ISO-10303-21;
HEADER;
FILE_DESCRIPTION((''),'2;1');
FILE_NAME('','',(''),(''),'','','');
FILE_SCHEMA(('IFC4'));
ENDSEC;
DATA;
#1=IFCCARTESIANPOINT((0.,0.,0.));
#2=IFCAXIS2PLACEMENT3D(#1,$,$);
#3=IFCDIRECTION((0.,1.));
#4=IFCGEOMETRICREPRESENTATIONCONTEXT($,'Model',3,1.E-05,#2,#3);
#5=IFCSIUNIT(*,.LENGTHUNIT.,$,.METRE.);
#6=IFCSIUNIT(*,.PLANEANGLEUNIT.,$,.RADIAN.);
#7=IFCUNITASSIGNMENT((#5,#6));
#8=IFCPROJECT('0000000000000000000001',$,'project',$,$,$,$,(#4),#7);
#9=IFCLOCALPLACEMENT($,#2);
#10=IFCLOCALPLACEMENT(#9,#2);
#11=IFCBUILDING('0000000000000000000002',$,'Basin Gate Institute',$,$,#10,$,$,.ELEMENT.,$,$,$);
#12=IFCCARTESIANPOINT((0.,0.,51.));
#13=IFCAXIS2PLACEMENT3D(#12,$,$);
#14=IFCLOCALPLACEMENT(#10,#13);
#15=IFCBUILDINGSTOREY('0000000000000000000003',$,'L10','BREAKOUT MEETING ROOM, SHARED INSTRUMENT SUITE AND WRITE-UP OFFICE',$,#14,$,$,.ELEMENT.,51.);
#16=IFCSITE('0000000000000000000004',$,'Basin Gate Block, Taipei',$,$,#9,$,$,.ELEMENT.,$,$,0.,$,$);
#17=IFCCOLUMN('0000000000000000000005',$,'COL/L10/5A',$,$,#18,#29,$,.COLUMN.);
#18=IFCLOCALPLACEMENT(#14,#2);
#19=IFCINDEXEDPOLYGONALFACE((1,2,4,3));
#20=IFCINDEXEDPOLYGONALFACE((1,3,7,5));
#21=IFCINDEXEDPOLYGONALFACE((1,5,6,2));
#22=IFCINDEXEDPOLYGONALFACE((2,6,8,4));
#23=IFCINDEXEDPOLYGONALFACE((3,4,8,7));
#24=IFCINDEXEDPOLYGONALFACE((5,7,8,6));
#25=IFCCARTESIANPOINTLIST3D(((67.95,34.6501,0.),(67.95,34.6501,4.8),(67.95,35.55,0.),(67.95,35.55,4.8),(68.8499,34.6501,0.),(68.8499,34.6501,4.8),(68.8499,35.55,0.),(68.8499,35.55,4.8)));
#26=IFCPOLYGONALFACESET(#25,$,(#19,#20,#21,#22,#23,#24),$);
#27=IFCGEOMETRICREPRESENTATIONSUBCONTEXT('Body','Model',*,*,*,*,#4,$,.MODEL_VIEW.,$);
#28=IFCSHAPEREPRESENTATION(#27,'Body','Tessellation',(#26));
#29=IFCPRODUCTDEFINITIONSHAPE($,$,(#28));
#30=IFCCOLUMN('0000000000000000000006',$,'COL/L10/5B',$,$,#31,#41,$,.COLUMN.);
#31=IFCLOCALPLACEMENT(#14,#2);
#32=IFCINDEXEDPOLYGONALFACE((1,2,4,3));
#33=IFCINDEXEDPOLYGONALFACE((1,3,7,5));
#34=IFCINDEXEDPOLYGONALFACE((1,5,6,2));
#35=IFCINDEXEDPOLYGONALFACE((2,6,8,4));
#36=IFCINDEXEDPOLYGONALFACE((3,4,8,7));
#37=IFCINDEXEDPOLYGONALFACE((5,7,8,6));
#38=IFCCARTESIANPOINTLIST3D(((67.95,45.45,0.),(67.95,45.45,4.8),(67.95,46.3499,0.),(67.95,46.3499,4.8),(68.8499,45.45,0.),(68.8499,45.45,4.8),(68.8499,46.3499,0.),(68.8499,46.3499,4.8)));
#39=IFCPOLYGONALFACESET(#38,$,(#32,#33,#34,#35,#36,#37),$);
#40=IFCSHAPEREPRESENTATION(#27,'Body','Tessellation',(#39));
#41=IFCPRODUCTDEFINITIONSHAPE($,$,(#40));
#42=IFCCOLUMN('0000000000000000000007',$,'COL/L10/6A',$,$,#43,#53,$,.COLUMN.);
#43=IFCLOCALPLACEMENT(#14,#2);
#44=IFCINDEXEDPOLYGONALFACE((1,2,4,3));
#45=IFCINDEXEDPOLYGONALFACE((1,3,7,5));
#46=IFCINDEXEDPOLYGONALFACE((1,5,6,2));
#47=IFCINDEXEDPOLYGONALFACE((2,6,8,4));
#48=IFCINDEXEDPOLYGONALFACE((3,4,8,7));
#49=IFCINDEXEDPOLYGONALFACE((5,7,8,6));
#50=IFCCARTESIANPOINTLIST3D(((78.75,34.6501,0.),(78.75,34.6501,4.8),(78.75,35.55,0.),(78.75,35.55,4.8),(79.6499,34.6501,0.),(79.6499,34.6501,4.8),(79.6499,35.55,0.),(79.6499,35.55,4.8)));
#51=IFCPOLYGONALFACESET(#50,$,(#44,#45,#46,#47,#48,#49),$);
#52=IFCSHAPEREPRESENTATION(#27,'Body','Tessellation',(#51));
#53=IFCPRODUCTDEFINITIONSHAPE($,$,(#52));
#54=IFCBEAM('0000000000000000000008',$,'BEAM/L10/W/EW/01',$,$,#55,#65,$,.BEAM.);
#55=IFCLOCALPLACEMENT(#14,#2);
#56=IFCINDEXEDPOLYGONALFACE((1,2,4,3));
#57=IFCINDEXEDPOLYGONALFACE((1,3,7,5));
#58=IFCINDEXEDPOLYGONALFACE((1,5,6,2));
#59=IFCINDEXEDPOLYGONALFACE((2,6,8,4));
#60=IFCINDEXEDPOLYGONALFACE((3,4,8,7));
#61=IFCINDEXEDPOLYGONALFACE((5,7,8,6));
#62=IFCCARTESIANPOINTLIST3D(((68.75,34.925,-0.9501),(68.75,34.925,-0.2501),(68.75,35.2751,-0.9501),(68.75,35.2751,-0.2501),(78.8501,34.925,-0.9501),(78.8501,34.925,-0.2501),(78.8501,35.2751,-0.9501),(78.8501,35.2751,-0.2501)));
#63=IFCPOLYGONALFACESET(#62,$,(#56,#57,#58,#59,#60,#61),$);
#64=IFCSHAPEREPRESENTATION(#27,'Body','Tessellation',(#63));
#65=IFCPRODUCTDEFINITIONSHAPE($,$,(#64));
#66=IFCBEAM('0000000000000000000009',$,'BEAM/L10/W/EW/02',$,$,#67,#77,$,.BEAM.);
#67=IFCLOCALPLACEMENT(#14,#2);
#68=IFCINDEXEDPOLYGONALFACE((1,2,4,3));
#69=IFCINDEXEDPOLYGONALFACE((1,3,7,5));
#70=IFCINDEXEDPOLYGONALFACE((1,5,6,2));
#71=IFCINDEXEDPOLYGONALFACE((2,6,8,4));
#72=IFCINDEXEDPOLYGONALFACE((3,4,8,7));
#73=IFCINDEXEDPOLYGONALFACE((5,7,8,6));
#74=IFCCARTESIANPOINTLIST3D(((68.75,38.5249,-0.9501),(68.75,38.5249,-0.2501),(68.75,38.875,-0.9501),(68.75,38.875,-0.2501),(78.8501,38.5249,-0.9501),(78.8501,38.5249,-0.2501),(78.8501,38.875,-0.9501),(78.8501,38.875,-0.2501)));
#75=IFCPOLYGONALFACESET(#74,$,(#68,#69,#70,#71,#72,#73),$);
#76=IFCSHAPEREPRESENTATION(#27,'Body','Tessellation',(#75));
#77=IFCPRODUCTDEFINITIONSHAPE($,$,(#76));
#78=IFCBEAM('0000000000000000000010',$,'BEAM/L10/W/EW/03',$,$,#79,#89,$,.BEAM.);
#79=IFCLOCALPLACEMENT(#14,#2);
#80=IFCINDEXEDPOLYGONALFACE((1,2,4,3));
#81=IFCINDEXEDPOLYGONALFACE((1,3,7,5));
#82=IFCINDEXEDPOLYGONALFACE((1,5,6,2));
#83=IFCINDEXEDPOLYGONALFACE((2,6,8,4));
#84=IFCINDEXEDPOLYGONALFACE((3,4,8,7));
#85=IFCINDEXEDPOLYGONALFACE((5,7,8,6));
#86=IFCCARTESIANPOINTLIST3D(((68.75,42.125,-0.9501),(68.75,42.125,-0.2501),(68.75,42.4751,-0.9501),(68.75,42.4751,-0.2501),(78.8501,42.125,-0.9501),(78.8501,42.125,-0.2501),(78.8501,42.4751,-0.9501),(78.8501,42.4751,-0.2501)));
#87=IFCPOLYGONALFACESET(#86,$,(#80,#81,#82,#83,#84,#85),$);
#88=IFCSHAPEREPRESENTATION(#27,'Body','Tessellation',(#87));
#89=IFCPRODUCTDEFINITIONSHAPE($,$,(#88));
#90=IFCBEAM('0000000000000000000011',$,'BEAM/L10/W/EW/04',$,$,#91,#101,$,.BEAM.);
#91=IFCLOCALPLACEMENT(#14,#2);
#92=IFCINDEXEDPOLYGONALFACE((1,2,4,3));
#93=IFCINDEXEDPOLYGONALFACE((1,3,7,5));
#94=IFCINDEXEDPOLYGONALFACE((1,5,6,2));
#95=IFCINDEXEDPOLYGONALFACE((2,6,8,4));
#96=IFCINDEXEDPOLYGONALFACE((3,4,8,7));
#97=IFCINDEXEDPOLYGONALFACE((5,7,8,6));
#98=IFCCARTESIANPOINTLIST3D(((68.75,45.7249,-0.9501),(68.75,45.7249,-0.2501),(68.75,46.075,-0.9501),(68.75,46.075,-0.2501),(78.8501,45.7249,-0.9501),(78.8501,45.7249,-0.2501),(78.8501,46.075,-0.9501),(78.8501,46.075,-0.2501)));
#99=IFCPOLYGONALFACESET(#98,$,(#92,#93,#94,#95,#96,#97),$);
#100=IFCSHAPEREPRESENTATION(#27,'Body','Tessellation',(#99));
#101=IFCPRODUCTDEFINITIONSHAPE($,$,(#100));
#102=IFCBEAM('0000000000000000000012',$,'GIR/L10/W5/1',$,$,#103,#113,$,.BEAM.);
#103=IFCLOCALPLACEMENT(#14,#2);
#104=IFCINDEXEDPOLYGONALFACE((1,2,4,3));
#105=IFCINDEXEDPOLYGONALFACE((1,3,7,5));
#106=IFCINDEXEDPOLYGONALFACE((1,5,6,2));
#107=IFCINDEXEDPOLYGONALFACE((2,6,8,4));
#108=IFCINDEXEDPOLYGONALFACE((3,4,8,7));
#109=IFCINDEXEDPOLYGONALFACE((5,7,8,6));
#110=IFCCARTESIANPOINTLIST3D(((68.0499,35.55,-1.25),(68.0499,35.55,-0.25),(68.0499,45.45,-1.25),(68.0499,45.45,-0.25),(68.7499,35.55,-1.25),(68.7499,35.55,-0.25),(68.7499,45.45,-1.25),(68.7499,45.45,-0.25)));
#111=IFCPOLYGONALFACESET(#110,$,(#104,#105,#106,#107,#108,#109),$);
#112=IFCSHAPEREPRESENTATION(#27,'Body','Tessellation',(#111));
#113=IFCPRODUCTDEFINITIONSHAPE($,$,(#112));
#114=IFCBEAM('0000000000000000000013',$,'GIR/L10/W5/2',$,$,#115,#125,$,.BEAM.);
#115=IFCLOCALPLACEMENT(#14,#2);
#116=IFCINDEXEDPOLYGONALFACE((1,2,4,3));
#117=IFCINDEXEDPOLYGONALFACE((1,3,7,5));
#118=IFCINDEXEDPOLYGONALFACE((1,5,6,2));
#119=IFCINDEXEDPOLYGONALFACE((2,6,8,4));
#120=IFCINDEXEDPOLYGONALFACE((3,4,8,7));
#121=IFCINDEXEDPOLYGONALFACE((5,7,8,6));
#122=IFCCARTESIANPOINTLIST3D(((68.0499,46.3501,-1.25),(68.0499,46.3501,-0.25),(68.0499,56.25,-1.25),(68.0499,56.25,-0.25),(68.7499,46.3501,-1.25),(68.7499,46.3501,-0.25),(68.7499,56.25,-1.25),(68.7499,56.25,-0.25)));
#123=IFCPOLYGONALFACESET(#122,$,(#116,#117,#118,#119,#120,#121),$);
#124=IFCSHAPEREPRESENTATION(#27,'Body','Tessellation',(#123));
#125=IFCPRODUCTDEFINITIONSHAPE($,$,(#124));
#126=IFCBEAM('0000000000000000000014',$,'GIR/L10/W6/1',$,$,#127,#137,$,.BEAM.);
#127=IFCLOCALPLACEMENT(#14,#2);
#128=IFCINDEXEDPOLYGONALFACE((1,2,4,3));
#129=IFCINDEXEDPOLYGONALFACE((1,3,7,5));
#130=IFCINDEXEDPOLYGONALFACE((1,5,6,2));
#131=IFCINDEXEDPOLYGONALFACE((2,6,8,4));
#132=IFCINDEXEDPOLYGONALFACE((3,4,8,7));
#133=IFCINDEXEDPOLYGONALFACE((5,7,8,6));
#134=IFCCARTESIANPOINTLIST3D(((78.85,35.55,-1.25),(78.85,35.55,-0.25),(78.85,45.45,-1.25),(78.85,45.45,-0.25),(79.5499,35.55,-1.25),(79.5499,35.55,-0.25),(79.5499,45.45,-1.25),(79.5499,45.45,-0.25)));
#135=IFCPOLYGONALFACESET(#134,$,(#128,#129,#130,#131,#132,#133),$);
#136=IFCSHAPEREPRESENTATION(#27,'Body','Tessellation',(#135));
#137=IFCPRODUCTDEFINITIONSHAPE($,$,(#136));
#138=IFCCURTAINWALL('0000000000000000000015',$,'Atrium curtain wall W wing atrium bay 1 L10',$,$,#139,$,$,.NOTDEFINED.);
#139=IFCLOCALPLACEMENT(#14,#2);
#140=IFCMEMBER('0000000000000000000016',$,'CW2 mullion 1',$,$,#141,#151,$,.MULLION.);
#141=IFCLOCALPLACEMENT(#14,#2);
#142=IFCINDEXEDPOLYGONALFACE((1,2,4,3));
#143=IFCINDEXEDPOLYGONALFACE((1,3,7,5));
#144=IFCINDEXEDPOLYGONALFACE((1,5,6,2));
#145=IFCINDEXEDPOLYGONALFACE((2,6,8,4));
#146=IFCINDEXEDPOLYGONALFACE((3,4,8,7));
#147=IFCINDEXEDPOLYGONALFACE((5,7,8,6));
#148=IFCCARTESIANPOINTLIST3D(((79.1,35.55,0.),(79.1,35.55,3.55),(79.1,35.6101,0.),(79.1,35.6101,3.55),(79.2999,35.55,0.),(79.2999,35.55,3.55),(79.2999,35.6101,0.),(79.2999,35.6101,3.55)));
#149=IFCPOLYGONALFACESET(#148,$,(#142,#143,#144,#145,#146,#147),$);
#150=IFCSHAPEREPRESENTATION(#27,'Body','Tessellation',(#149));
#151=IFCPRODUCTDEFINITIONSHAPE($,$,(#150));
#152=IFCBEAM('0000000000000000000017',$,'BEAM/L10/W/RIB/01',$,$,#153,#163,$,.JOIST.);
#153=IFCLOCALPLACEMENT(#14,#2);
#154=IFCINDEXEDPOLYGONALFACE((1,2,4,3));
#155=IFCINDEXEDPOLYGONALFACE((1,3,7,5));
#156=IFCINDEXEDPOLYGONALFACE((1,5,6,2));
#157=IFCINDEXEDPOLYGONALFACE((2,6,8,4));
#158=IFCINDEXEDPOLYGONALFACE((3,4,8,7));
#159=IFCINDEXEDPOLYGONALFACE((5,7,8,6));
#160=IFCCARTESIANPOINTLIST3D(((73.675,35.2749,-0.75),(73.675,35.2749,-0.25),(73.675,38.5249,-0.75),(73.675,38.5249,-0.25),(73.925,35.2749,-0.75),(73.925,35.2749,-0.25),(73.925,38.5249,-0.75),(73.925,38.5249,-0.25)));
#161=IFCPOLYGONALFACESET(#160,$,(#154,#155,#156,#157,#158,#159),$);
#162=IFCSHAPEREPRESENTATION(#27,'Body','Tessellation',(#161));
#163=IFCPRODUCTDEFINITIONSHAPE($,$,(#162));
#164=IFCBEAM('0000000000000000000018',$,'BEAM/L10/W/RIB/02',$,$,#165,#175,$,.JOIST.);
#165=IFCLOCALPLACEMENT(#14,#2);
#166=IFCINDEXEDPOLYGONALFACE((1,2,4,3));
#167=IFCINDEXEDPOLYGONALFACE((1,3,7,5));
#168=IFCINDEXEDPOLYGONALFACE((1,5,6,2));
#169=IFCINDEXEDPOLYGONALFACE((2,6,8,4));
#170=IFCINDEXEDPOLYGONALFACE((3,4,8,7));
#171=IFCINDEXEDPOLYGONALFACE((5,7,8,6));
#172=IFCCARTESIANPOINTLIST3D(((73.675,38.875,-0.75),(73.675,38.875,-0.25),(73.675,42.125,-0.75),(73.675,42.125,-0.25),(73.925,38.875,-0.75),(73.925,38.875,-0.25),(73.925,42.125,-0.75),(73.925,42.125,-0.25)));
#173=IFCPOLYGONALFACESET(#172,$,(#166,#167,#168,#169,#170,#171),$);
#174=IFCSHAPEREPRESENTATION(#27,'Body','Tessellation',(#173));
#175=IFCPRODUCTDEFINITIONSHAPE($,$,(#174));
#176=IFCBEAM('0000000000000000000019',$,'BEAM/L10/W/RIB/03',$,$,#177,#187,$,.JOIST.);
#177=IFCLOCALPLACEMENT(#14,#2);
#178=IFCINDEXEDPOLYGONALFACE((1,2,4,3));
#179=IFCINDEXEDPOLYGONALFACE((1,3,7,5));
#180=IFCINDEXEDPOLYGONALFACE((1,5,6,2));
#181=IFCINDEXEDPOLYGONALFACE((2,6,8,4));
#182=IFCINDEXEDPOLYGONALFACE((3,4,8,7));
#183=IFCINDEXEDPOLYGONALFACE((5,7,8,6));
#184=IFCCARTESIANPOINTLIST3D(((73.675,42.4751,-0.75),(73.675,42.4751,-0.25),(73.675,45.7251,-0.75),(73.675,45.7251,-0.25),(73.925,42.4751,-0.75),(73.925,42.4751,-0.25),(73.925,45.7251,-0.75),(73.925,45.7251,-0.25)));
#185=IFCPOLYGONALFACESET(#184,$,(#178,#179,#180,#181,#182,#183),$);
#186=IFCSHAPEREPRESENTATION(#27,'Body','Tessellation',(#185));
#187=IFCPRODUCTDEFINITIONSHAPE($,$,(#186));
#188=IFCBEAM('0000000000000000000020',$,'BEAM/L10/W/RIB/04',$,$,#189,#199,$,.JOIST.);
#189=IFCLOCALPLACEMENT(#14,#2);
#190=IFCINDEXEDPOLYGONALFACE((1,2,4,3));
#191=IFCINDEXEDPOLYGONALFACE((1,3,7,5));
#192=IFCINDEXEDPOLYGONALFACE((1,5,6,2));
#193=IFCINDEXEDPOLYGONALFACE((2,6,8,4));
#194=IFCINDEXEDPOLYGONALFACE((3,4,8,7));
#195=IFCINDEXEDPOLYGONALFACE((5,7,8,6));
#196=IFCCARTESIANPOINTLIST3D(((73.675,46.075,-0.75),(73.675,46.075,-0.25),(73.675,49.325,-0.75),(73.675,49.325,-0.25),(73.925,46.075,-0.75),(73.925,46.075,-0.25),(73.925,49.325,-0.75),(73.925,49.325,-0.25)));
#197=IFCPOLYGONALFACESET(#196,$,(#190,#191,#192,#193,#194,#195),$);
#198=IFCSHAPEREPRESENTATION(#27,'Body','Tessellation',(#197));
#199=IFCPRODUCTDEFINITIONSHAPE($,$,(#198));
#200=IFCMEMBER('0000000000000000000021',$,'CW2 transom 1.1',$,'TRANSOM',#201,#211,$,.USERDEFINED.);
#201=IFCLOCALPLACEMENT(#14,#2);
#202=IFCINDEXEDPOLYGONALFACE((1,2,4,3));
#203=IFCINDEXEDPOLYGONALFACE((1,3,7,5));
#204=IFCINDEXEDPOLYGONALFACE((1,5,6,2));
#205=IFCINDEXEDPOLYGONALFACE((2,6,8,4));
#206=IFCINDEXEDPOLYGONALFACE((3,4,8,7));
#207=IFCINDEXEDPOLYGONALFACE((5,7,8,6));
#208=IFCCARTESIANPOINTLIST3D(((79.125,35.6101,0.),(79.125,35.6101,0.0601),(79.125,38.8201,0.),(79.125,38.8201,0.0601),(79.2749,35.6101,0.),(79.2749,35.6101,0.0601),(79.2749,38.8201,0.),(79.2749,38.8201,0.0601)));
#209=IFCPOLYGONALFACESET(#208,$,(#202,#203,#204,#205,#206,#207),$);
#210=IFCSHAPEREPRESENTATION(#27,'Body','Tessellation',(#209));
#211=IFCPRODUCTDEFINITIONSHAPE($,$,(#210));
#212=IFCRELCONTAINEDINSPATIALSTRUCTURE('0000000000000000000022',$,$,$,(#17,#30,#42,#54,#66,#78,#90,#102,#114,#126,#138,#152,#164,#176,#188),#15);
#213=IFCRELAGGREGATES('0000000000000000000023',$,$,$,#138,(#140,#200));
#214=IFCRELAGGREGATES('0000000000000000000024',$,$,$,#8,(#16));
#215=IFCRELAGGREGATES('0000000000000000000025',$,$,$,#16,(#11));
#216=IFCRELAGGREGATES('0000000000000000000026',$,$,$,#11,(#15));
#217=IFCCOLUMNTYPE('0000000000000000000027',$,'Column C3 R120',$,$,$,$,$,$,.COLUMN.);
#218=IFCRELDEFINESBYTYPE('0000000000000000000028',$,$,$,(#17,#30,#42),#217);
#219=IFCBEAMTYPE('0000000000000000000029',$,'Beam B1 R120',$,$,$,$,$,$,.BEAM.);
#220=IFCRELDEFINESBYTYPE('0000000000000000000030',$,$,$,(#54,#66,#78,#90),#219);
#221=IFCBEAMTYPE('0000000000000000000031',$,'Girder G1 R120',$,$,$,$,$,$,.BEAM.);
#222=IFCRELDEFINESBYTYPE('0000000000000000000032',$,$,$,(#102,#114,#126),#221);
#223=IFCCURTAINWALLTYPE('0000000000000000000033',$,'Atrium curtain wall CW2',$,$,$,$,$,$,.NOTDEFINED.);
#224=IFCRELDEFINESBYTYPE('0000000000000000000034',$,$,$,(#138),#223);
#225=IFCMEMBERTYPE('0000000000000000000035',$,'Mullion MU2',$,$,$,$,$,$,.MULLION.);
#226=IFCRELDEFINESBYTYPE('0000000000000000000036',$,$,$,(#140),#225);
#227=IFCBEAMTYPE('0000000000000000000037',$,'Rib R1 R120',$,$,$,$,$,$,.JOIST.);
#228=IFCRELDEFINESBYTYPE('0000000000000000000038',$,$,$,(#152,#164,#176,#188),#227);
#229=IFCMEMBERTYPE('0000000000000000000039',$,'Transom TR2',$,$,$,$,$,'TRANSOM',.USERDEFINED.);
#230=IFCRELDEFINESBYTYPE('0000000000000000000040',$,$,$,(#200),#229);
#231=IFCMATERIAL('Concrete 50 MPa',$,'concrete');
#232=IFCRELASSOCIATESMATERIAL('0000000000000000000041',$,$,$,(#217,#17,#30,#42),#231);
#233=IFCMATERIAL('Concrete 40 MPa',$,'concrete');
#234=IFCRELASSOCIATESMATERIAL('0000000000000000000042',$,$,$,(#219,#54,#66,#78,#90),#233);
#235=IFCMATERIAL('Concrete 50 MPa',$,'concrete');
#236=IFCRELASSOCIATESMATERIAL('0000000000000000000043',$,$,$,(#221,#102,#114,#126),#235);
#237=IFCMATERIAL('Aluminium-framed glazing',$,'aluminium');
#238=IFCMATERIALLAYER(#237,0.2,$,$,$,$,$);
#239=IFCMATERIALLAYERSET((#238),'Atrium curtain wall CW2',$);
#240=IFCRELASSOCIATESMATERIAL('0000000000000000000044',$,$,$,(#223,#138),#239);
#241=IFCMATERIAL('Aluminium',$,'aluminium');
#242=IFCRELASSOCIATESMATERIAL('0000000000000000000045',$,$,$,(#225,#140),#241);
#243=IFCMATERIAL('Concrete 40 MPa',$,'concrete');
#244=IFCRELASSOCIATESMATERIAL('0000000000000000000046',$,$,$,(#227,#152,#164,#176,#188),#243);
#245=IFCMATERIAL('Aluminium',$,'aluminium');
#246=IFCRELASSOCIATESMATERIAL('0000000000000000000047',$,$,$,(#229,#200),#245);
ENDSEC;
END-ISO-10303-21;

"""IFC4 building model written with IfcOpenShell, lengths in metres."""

from ifc_helpers import new_model, si_unit, direction, frame, origin, origin_2d, place, context, subcontext, project, spatial, rectangle, extrude, material, layer, layer_set, material_profile, profile_set, type_object, element, aggregate, save


model = new_model("IFC4")

# Units and contexts
model_context = context("Model", 3, precision=1e-05, world=origin(), true_north=direction((0.0, 1.0)))
body_context = subcontext(model_context, "Body", "Model", "MODEL_VIEW")
ifc_project = project(units=[si_unit("LENGTHUNIT", "METRE"), si_unit("PLANEANGLEUNIT", "RADIAN")], contexts=[model_context])

# Site, building, storey
site_placement = place(None, origin())
site = spatial("IfcSite", under=ifc_project, at=site_placement, Name="Basin Gate Block, Taipei", CompositionType="ELEMENT", RefElevation=0.0)
building_placement = place(site_placement, origin())
building = spatial("IfcBuilding", under=site, at=building_placement, Name="Basin Gate Institute", CompositionType="ELEMENT")
storey_placement = place(building_placement, frame((0.0, 0.0, 51.0)))
storey = spatial("IfcBuildingStorey", under=building, at=storey_placement, Name="L10", Description="BREAKOUT MEETING ROOM, SHARED INSTRUMENT SUITE AND WRITE-UP OFFICE", CompositionType="ELEMENT", Elevation=51.0)

# Columns
ifc_material_1 = material(Name="Concrete 50 MPa", Category="concrete")
ifc_material_profile_1 = material_profile(ifc_material_1, rectangle(XDim=0.8999, YDim=0.8999, at=origin_2d()), Name="Column C3 900 x 900")
ifc_profile_set_1 = profile_set([ifc_material_profile_1], Name="Concrete 50 MPa")
column_type = type_object("IfcColumnType", Name="Column C3 R120", PredefinedType="COLUMN", material=ifc_profile_set_1)
for number, where, z_axis, x_axis, name in (
    (1, (68.3999, 35.1001, 0.0), (0.0, 0.0, 1.0), (1.0, 0.0, 0.0), "COL/L10/5A"),
    (2, (68.3999, 45.8999, 0.0), (0.0, 0.0, 1.0), (1.0, 0.0, 0.0), "COL/L10/5B"),
    (3, (79.2, 35.1001, 0.0), (0.0, 0.0, 1.0), (1.0, 0.0, 0.0), "COL/L10/6A"),
):
    element("IfcColumn", number, at=place(storey_placement, frame(where, z_axis=z_axis, x_axis=x_axis)), inside=storey, type_object=column_type, material=ifc_profile_set_1, Name=name, PredefinedType="COLUMN", context=body_context, shape_type="SweptSolid", body=[
        extrude(rectangle(XDim=0.8999, YDim=0.8999, at=origin_2d()), origin(), (0.0, 0.0, 1.0), 4.8),
    ])

# Beams
ifc_material_2 = material(Name="Concrete 40 MPa", Category="concrete")
ifc_material_profile_2 = material_profile(ifc_material_2, rectangle(XDim=0.3501, YDim=0.7, at=origin_2d()), Name="Beam B1 350 x 700")
ifc_profile_set_2 = profile_set([ifc_material_profile_2], Name="Concrete 40 MPa")
beam_type_1 = type_object("IfcBeamType", Name="Beam B1 R120", PredefinedType="BEAM", material=ifc_profile_set_2)
for number, where, z_axis, x_axis, name in (
    (4, (68.75, 35.1001, -0.6001), (1.0, 0.0, 0.0), (0.0, 1.0, 0.0), "BEAM/L10/W/EW/01"),
    (5, (68.75, 38.7, -0.6001), (1.0, 0.0, 0.0), (0.0, 1.0, 0.0), "BEAM/L10/W/EW/02"),
    (6, (68.75, 42.3, -0.6001), (1.0, 0.0, 0.0), (0.0, 1.0, 0.0), "BEAM/L10/W/EW/03"),
    (7, (68.75, 45.8999, -0.6001), (1.0, 0.0, 0.0), (0.0, 1.0, 0.0), "BEAM/L10/W/EW/04"),
):
    element("IfcBeam", number, at=place(storey_placement, frame(where, z_axis=z_axis, x_axis=x_axis)), inside=storey, type_object=beam_type_1, material=ifc_profile_set_2, Name=name, PredefinedType="BEAM", context=body_context, shape_type="SweptSolid", body=[
        extrude(rectangle(XDim=0.3501, YDim=0.7, at=origin_2d()), origin(), (0.0, 0.0, 1.0), 10.1001),
    ])
ifc_material_3 = material(Name="Concrete 50 MPa", Category="concrete")
ifc_material_profile_3 = material_profile(ifc_material_3, rectangle(XDim=0.7, YDim=1.0, at=origin_2d()), Name="Girder G1 700 x 1000")
ifc_profile_set_3 = profile_set([ifc_material_profile_3], Name="Concrete 50 MPa")
beam_type_2 = type_object("IfcBeamType", Name="Girder G1 R120", PredefinedType="BEAM", material=ifc_profile_set_3)
for number, where, z_axis, x_axis, name in (
    (8, (68.3999, 35.55, -0.75), (0.0, 1.0, 0.0), (-1.0, 0.0, 0.0), "GIR/L10/W5/1"),
    (9, (68.3999, 46.3501, -0.75), (0.0, 1.0, 0.0), (-1.0, 0.0, 0.0), "GIR/L10/W5/2"),
    (10, (79.2, 35.55, -0.75), (0.0, 1.0, 0.0), (-1.0, 0.0, 0.0), "GIR/L10/W6/1"),
):
    element("IfcBeam", number, at=place(storey_placement, frame(where, z_axis=z_axis, x_axis=x_axis)), inside=storey, type_object=beam_type_2, material=ifc_profile_set_3, Name=name, PredefinedType="BEAM", context=body_context, shape_type="SweptSolid", body=[
        extrude(rectangle(XDim=0.7, YDim=1.0, at=origin_2d()), origin(), (0.0, 0.0, 1.0), 9.8999),
    ])

# Curtain wall, member
ifc_material_4 = material(Name="Aluminium-framed glazing", Category="aluminium")
ifc_layer_1 = layer(ifc_material_4, 0.2)
ifc_layer_set_1 = layer_set([ifc_layer_1], Name="Atrium curtain wall CW2")
curtain_wall_type = type_object("IfcCurtainWallType", Name="Atrium curtain wall CW2", PredefinedType="NOTDEFINED", material=ifc_layer_set_1)
curtain_wall_placement = place(storey_placement, origin())
curtain_wall = element("IfcCurtainWall", 11, at=curtain_wall_placement, inside=storey, type_object=curtain_wall_type, material=ifc_layer_set_1, Name="Atrium curtain wall W wing atrium bay 1 L10", PredefinedType="NOTDEFINED")
ifc_material_5 = material(Name="Aluminium", Category="aluminium")
ifc_material_profile_4 = material_profile(ifc_material_5, rectangle(XDim=0.2, YDim=0.0601, at=origin_2d()), Name="Mullion MU2 200 x 60")
ifc_profile_set_4 = profile_set([ifc_material_profile_4], Name="Aluminium")
member_type_1 = type_object("IfcMemberType", Name="Mullion MU2", PredefinedType="MULLION", material=ifc_profile_set_4)
member_1_placement = place(storey_placement, frame((79.2, 35.5801, 0.0), z_axis=(0.0, 0.0, 1.0), x_axis=(-1.0, 0.0, 0.0)))
member_1 = element("IfcMember", 12, at=member_1_placement, type_object=member_type_1, material=ifc_profile_set_4, Name="CW2 mullion 1", PredefinedType="MULLION", context=body_context, shape_type="SweptSolid", body=[
    extrude(rectangle(XDim=0.2, YDim=0.0601, at=origin_2d()), origin(), (0.0, 0.0, 1.0), 3.55),
])

# Beams
ifc_material_6 = material(Name="Concrete 40 MPa", Category="concrete")
ifc_material_profile_5 = material_profile(ifc_material_6, rectangle(XDim=0.25, YDim=0.5, at=origin_2d()), Name="Rib R1 250 x 500")
ifc_profile_set_5 = profile_set([ifc_material_profile_5], Name="Concrete 40 MPa")
beam_type_3 = type_object("IfcBeamType", Name="Rib R1 R120", PredefinedType="JOIST", material=ifc_profile_set_5)
for number, where, z_axis, x_axis, name in (
    (13, (73.8, 35.2749, -0.5), (0.0, 1.0, 0.0), (-1.0, 0.0, 0.0), "BEAM/L10/W/RIB/01"),
    (14, (73.8, 38.875, -0.5), (0.0, 1.0, 0.0), (-1.0, 0.0, 0.0), "BEAM/L10/W/RIB/02"),
    (15, (73.8, 42.4751, -0.5), (0.0, 1.0, 0.0), (-1.0, 0.0, 0.0), "BEAM/L10/W/RIB/03"),
    (16, (73.8, 46.075, -0.5), (0.0, 1.0, 0.0), (-1.0, 0.0, 0.0), "BEAM/L10/W/RIB/04"),
):
    element("IfcBeam", number, at=place(storey_placement, frame(where, z_axis=z_axis, x_axis=x_axis)), inside=storey, type_object=beam_type_3, material=ifc_profile_set_5, Name=name, PredefinedType="JOIST", context=body_context, shape_type="SweptSolid", body=[
        extrude(rectangle(XDim=0.25, YDim=0.5, at=origin_2d()), origin(), (0.0, 0.0, 1.0), 3.25),
    ])

# Member
ifc_material_7 = material(Name="Aluminium", Category="aluminium")
ifc_material_profile_6 = material_profile(ifc_material_7, rectangle(XDim=0.1499, YDim=0.0601, at=origin_2d()), Name="Transom TR2 150 x 60")
ifc_profile_set_6 = profile_set([ifc_material_profile_6], Name="Aluminium")
member_type_2 = type_object("IfcMemberType", Name="Transom TR2", ElementType="TRANSOM", PredefinedType="USERDEFINED", material=ifc_profile_set_6)
member_2_placement = place(storey_placement, frame((79.2, 35.6101, 0.03), z_axis=(0.0, 1.0, 0.0), x_axis=(-1.0, 0.0, 0.0)))
member_2 = element("IfcMember", 17, at=member_2_placement, type_object=member_type_2, material=ifc_profile_set_6, Name="CW2 transom 1.1", ObjectType="TRANSOM", PredefinedType="USERDEFINED", context=body_context, shape_type="SweptSolid", body=[
    extrude(rectangle(XDim=0.1499, YDim=0.0601, at=origin_2d()), origin(), (0.0, 0.0, 1.0), 3.21),
])
aggregate(curtain_wall, [member_1, member_2])

save(model, "model.ifc")
